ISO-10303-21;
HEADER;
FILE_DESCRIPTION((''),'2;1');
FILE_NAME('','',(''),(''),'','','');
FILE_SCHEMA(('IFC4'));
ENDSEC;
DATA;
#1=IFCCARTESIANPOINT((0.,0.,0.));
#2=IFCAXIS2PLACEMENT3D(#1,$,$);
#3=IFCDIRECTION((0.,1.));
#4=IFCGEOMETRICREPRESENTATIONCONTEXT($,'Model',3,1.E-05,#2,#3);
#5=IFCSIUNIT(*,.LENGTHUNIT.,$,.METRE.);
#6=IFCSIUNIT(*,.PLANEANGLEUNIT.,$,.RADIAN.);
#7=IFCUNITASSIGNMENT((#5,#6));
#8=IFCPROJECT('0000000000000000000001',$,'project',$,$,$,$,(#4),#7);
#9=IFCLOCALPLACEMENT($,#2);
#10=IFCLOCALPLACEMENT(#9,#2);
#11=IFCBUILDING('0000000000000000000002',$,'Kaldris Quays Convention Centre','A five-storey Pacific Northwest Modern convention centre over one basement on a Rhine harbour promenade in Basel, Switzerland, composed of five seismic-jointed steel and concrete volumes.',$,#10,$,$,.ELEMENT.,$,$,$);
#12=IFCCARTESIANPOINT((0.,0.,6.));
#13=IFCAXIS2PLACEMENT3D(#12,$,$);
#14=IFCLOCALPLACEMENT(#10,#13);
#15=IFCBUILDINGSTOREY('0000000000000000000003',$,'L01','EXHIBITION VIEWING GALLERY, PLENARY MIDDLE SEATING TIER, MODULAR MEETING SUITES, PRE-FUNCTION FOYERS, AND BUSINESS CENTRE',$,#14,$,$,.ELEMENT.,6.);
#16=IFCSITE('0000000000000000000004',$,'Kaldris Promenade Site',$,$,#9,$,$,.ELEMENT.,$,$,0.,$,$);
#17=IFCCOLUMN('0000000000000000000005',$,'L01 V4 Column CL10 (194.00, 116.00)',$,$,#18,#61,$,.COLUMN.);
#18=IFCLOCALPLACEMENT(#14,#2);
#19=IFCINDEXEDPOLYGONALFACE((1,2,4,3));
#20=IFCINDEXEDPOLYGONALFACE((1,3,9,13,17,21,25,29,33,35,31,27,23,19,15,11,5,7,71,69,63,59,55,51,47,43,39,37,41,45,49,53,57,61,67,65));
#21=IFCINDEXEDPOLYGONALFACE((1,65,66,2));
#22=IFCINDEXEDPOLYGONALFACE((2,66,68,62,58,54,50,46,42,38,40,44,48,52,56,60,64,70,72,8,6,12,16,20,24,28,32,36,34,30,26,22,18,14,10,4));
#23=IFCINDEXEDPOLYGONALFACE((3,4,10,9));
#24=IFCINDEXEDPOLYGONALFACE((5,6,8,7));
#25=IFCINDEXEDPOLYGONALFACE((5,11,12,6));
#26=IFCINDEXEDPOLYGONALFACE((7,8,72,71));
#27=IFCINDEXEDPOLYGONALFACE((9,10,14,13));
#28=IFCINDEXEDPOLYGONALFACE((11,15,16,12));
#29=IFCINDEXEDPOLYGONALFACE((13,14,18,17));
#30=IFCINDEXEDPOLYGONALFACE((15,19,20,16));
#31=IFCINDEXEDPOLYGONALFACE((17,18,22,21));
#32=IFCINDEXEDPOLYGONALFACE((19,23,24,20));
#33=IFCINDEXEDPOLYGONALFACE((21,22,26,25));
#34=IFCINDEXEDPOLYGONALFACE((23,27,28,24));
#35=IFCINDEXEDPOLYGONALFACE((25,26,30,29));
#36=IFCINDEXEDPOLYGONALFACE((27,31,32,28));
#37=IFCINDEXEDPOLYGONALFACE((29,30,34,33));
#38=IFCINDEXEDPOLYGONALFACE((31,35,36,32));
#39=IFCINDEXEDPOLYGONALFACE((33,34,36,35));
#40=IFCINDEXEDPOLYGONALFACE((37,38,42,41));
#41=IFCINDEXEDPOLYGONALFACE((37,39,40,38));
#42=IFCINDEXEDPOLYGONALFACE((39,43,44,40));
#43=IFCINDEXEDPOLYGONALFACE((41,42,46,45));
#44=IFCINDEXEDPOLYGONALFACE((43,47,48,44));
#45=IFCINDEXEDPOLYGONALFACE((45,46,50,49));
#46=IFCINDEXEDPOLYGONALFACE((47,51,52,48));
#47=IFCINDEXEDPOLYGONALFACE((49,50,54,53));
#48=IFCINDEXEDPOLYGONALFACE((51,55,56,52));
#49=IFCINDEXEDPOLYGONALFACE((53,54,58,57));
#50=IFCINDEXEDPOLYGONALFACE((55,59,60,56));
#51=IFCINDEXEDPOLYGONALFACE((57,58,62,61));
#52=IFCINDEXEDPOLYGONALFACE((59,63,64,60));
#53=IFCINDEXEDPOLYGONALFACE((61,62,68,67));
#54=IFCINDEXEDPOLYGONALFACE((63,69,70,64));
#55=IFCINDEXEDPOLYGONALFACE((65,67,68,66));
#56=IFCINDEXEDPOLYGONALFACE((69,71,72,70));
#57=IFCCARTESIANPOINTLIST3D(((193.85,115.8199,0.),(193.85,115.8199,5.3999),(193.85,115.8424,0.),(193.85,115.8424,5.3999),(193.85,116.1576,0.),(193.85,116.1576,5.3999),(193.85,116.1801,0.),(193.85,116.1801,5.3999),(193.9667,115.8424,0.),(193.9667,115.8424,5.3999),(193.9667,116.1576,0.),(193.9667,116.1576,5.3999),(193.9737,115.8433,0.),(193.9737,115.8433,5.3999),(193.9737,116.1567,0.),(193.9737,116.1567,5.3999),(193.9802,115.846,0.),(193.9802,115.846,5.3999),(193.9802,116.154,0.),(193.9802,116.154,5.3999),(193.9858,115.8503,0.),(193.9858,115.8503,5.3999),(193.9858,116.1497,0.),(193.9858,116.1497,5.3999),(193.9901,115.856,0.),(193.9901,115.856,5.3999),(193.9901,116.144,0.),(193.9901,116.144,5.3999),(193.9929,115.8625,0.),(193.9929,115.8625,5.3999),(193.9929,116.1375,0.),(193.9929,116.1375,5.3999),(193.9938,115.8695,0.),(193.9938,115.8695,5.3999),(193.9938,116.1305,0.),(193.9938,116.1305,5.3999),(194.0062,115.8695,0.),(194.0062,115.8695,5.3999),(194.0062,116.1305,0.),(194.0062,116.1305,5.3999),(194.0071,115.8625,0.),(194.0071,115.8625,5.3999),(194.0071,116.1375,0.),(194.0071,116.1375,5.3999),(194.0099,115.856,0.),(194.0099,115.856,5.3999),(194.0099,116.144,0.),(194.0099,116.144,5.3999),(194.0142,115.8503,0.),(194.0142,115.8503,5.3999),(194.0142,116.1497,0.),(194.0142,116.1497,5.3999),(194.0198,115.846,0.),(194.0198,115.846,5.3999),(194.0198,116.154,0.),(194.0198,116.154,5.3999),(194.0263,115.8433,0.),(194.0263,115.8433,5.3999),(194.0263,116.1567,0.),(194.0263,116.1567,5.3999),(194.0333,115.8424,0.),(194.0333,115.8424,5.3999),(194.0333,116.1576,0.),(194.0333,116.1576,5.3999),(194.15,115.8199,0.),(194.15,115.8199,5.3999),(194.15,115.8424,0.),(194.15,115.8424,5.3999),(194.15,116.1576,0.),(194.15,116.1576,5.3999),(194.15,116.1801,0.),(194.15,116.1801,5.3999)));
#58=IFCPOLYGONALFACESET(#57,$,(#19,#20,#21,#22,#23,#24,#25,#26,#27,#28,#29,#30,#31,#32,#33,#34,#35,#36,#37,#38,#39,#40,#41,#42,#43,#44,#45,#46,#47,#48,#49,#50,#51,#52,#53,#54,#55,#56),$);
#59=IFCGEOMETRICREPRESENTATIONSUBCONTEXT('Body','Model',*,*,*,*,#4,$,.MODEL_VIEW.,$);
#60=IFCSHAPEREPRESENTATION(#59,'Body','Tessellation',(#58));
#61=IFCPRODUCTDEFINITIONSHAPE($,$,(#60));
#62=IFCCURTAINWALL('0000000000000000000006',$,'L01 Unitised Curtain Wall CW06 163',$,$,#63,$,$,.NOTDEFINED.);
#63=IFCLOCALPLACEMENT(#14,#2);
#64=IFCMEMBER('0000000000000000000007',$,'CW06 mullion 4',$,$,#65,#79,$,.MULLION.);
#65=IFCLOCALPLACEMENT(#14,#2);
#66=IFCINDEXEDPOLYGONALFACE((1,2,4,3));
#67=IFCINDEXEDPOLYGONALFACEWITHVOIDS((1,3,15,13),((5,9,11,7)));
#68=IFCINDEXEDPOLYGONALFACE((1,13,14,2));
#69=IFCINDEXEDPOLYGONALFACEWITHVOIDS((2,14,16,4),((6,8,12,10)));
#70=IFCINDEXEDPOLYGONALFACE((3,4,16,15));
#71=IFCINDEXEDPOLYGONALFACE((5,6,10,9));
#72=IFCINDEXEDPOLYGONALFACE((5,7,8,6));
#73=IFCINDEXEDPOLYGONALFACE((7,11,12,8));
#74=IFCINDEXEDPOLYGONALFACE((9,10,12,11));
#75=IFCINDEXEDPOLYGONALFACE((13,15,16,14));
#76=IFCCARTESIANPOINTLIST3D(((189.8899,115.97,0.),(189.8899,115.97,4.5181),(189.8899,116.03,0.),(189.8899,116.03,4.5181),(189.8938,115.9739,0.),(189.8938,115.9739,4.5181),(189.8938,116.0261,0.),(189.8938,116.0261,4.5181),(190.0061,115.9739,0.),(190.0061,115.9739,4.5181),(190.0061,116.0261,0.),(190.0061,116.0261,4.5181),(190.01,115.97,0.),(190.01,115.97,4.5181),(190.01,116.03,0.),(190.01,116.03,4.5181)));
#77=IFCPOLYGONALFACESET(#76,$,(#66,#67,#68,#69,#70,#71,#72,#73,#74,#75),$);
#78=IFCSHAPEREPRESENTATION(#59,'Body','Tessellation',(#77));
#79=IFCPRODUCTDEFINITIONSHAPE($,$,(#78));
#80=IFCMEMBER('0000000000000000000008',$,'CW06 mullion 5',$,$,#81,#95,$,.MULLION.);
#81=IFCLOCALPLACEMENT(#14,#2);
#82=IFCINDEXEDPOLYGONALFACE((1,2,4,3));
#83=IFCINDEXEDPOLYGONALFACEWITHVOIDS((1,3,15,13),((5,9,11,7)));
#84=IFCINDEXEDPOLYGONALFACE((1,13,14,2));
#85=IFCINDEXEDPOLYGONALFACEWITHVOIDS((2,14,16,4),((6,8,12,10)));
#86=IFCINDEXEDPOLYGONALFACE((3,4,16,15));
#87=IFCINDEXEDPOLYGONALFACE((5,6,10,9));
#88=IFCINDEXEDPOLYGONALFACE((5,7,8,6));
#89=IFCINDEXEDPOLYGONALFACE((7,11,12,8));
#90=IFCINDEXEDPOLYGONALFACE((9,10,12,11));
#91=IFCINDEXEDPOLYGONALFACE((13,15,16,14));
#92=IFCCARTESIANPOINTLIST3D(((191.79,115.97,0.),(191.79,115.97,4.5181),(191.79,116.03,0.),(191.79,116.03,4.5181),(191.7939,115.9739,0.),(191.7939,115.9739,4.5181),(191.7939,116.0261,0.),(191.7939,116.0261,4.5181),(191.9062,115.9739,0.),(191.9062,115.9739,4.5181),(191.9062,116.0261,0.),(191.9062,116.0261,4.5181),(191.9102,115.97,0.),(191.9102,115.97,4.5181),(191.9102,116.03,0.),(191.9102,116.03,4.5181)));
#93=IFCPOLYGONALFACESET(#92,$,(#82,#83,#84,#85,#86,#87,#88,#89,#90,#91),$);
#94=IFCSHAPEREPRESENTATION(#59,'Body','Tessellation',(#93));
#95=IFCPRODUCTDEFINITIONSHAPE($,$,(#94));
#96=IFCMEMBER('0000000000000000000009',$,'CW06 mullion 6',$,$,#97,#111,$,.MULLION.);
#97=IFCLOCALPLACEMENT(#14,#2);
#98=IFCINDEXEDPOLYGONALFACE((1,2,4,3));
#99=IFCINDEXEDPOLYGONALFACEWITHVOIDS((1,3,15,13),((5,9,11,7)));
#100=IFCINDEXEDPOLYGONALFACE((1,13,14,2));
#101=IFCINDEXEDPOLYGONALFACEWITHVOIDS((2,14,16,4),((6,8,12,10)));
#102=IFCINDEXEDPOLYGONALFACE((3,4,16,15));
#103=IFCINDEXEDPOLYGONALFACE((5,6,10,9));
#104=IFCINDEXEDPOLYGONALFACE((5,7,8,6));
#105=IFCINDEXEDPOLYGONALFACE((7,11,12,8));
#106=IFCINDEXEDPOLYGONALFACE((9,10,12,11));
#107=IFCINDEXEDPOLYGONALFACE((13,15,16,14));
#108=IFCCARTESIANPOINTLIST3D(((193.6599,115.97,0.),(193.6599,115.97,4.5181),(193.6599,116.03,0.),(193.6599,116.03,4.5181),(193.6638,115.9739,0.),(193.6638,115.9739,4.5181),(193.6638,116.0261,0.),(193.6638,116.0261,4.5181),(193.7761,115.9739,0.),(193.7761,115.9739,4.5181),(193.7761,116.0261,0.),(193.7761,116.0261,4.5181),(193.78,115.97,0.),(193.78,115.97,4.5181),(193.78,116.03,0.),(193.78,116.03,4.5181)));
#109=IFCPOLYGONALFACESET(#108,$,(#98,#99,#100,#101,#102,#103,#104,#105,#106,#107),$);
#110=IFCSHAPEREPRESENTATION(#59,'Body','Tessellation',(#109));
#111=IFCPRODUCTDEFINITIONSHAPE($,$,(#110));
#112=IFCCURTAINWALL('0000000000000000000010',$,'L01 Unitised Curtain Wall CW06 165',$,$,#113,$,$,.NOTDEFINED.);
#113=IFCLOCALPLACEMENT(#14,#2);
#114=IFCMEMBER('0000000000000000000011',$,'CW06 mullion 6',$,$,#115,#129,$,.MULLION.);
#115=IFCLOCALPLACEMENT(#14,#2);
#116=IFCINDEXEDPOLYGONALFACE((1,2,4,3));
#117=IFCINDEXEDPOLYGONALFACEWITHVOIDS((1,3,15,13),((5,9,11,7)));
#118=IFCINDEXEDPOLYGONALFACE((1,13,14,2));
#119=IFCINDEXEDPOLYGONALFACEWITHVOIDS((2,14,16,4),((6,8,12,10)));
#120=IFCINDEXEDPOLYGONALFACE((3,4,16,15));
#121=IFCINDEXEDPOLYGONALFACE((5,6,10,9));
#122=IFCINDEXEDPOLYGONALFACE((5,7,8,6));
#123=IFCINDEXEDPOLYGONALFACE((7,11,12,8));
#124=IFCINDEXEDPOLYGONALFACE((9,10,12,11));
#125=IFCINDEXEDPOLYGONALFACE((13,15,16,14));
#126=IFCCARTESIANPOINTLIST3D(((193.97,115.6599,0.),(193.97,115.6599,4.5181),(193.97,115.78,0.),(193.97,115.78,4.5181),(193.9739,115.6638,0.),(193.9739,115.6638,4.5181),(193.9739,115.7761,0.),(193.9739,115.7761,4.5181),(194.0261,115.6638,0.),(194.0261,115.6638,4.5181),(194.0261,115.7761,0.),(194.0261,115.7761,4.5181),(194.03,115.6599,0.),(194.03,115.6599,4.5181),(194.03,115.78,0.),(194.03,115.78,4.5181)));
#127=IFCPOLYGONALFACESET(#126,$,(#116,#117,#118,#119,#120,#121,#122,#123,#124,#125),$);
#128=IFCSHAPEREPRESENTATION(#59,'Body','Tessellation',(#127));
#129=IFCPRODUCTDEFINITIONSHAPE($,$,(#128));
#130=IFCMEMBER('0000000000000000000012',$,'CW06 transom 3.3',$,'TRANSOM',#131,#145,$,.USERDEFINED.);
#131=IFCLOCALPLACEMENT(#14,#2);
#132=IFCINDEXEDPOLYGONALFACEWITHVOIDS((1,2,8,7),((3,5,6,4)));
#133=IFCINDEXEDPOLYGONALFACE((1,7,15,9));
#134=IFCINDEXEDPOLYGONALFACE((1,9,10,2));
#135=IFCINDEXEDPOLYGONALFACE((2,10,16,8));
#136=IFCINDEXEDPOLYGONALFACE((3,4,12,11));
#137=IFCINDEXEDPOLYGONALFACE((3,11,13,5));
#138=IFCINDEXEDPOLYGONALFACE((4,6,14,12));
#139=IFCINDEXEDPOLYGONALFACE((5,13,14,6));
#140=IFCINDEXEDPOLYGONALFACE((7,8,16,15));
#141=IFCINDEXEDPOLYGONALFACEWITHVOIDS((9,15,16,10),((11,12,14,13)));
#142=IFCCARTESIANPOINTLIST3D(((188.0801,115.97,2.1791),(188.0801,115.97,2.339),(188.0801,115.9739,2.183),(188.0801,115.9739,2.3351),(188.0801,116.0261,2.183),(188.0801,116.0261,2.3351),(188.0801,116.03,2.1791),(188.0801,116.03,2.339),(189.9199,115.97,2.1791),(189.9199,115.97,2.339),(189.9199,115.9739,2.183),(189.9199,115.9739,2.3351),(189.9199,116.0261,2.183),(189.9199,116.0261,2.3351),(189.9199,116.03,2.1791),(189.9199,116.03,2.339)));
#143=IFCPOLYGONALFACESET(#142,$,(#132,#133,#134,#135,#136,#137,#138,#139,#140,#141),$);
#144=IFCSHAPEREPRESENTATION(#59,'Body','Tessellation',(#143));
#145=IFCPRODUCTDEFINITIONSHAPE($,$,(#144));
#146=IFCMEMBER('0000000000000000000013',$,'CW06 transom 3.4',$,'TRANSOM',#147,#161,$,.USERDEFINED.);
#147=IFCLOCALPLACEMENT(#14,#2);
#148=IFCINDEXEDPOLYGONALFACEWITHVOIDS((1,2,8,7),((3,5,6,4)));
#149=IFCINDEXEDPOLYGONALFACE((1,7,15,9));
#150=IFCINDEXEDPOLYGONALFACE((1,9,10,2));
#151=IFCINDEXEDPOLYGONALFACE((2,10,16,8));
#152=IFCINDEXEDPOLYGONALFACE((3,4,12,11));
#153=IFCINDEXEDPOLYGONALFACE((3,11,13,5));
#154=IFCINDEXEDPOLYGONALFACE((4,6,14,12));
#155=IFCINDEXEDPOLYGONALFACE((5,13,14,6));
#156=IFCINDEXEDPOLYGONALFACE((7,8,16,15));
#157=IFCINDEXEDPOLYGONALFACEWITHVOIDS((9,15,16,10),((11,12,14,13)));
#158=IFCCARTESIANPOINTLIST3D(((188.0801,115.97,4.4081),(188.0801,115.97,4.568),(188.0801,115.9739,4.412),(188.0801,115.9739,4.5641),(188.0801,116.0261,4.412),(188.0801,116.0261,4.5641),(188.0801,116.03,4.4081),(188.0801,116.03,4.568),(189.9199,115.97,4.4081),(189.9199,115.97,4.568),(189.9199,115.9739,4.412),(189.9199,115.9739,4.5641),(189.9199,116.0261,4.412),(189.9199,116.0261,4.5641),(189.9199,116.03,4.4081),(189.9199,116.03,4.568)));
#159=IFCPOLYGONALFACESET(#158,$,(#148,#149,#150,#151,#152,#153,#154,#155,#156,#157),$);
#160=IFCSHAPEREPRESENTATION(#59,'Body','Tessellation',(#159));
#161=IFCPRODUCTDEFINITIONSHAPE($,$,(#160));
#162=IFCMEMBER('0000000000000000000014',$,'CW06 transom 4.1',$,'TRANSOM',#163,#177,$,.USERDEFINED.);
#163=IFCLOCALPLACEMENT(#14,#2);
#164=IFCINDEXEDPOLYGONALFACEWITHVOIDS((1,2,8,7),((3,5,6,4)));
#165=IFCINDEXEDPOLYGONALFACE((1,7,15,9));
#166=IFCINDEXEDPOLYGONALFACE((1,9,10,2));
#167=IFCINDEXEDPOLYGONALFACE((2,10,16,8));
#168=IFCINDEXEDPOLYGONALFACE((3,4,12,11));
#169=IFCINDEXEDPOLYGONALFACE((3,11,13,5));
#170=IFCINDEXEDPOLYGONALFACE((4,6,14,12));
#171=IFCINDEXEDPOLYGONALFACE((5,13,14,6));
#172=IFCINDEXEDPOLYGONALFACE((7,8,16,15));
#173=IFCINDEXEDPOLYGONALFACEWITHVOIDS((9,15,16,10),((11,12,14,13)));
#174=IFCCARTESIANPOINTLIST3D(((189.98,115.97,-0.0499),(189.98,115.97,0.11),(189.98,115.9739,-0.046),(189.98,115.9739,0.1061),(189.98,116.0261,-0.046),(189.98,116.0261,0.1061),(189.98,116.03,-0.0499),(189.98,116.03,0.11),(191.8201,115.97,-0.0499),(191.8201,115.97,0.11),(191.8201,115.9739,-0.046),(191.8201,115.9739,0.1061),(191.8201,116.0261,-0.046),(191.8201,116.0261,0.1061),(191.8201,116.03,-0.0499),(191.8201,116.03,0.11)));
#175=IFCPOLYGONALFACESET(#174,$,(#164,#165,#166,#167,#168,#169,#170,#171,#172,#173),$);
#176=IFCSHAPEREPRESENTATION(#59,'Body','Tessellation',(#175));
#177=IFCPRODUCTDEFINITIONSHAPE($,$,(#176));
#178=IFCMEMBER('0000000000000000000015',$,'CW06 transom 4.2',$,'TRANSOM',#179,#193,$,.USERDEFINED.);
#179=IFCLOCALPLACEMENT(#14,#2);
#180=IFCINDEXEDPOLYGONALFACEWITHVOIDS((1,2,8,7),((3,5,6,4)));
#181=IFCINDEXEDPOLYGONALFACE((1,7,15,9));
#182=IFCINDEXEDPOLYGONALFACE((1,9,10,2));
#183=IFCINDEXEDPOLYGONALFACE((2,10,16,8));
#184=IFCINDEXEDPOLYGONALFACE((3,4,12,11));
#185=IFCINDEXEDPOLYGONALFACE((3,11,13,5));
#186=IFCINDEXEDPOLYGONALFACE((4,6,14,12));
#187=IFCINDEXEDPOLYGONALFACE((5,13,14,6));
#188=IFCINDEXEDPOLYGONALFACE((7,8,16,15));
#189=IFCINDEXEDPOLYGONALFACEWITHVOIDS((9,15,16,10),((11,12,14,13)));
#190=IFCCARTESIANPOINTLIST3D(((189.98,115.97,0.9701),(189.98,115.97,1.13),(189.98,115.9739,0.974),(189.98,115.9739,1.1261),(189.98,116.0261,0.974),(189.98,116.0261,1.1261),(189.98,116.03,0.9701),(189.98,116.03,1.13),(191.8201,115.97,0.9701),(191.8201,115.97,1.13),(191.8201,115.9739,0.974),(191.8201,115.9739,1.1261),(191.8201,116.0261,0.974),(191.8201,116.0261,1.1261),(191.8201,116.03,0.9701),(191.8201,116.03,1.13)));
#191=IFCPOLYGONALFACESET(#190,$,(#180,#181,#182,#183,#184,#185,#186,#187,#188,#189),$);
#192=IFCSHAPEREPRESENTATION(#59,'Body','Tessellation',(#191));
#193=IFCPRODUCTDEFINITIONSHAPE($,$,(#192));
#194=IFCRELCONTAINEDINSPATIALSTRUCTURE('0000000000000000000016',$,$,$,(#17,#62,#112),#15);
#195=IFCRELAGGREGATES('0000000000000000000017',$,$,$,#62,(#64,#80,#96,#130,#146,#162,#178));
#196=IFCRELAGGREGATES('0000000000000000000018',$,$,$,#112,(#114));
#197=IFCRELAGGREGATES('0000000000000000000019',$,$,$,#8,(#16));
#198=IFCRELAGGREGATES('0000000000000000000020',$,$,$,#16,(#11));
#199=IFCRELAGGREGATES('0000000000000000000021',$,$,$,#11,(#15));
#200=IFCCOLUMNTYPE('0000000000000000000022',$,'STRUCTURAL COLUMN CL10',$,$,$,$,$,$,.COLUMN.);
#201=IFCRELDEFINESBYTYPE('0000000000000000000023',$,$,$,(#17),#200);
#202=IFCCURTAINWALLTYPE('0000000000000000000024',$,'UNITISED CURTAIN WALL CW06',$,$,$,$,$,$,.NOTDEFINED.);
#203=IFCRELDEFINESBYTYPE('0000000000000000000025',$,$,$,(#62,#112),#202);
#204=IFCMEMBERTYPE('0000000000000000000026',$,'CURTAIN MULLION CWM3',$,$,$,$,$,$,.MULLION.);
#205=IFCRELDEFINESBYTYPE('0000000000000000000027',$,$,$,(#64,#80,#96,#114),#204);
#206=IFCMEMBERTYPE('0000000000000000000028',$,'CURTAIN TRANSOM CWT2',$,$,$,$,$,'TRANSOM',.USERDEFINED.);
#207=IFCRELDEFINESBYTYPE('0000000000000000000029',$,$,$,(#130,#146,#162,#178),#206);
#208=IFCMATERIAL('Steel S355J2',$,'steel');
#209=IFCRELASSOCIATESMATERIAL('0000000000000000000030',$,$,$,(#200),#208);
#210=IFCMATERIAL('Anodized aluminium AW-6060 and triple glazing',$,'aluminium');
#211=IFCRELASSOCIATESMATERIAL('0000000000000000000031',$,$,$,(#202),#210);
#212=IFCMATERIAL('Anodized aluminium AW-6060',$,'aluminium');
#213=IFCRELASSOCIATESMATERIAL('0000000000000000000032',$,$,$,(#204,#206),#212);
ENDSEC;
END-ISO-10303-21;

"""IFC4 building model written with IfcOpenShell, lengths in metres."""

from ifc_helpers import new_model, si_unit, direction, frame, origin, origin_2d, place, context, subcontext, project, spatial, hollow_rectangle, i_section, extrude, material, material_profile, profile_set, type_object, element, aggregate, save


model = new_model("IFC4")

# Units and contexts
model_context = context("Model", 3, precision=1e-05, world=origin(), true_north=direction((0.0, 1.0)))
body_context = subcontext(model_context, "Body", "Model", "MODEL_VIEW")
ifc_project = project(units=[si_unit("LENGTHUNIT", "METRE"), si_unit("PLANEANGLEUNIT", "RADIAN")], contexts=[model_context])

# Site, building, storey
site_placement = place(None, origin())
site = spatial("IfcSite", under=ifc_project, at=site_placement, Name="Kaldris Promenade Site", CompositionType="ELEMENT", RefElevation=0.0)
building_placement = place(site_placement, origin())
building = spatial("IfcBuilding", under=site, at=building_placement, Name="Kaldris Quays Convention Centre", Description="A five-storey Pacific Northwest Modern convention centre over one basement on a Rhine harbour promenade in Basel, Switzerland, composed of five seismic-jointed steel and concrete volumes.", CompositionType="ELEMENT")
storey_placement = place(building_placement, frame((0.0, 0.0, 6.0)))
storey = spatial("IfcBuildingStorey", under=building, at=storey_placement, Name="L01", Description="EXHIBITION VIEWING GALLERY, PLENARY MIDDLE SEATING TIER, MODULAR MEETING SUITES, PRE-FUNCTION FOYERS, AND BUSINESS CENTRE", CompositionType="ELEMENT", Elevation=6.0)

# Column
ifc_material_1 = material(Name="Steel S355J2", Category="steel")
ifc_material_profile_1 = material_profile(ifc_material_1, i_section(OverallWidth=0.3, OverallDepth=0.3601, WebThickness=0.0125, FlangeThickness=0.0225, FilletRadius=0.0271, at=origin_2d()), Name="HEB 360")
ifc_profile_set_1 = profile_set([ifc_material_profile_1], Name="Steel S355J2")
column_type = type_object("IfcColumnType", Name="STRUCTURAL COLUMN CL10", PredefinedType="COLUMN", material=ifc_profile_set_1)
column_placement = place(storey_placement, frame((194.0, 116.0, 0.0), z_axis=(0.0, 0.0, 1.0), x_axis=(1.0, 0.0, 0.0)))
element("IfcColumn", 1, at=column_placement, inside=storey, type_object=column_type, Name="L01 V4 Column CL10 (194.00, 116.00)", PredefinedType="COLUMN", context=body_context, shape_type="SweptSolid", body=[
    extrude(i_section(OverallWidth=0.3, OverallDepth=0.3601, WebThickness=0.0125, FlangeThickness=0.0225, FilletRadius=0.0271, at=origin_2d()), origin(), (0.0, 0.0, 1.0), 5.3999),
])

# Curtain wall, members
ifc_material_2 = material(Name="Anodized aluminium AW-6060 and triple glazing", Category="aluminium")
curtain_wall_type = type_object("IfcCurtainWallType", Name="UNITISED CURTAIN WALL CW06", PredefinedType="NOTDEFINED", material=ifc_material_2)
curtain_wall_1_placement = place(storey_placement, origin())
curtain_wall_1 = element("IfcCurtainWall", 2, at=curtain_wall_1_placement, inside=storey, type_object=curtain_wall_type, Name="L01 Unitised Curtain Wall CW06 163", PredefinedType="NOTDEFINED")
ifc_material_3 = material(Name="Anodized aluminium AW-6060", Category="aluminium")
ifc_material_profile_2 = material_profile(ifc_material_3, hollow_rectangle(XDim=0.0601, YDim=0.1201, WallThickness=0.0039, at=origin_2d()), Name="RHS 120x60x4")
ifc_profile_set_2 = profile_set([ifc_material_profile_2], Name="Anodized aluminium AW-6060")
member_type_1 = type_object("IfcMemberType", Name="CURTAIN MULLION CWM3", PredefinedType="MULLION", material=ifc_profile_set_2)
member_1_placement = place(storey_placement, frame((189.95, 116.0, 0.0), z_axis=(0.0, 0.0, 1.0), x_axis=(0.0, 1.0, 0.0)))
member_1 = element("IfcMember", 3, at=member_1_placement, type_object=member_type_1, Name="CW06 mullion 4", PredefinedType="MULLION", context=body_context, shape_type="SweptSolid", body=[
    extrude(hollow_rectangle(XDim=0.0601, YDim=0.1201, WallThickness=0.0039, at=origin_2d()), origin(), (0.0, 0.0, 1.0), 4.5181),
])
member_2_placement = place(storey_placement, frame((191.8501, 116.0, 0.0), z_axis=(0.0, 0.0, 1.0), x_axis=(0.0, 1.0, 0.0)))
member_2 = element("IfcMember", 4, at=member_2_placement, type_object=member_type_1, Name="CW06 mullion 5", PredefinedType="MULLION", context=body_context, shape_type="SweptSolid", body=[
    extrude(hollow_rectangle(XDim=0.0601, YDim=0.1201, WallThickness=0.0039, at=origin_2d()), origin(), (0.0, 0.0, 1.0), 4.5181),
])
member_3_placement = place(storey_placement, frame((193.72, 116.0, 0.0), z_axis=(0.0, 0.0, 1.0), x_axis=(0.0, 1.0, 0.0)))
member_3 = element("IfcMember", 5, at=member_3_placement, type_object=member_type_1, Name="CW06 mullion 6", PredefinedType="MULLION", context=body_context, shape_type="SweptSolid", body=[
    extrude(hollow_rectangle(XDim=0.0601, YDim=0.1201, WallThickness=0.0039, at=origin_2d()), origin(), (0.0, 0.0, 1.0), 4.5181),
])

# Curtain wall, member
curtain_wall_2_placement = place(storey_placement, origin())
curtain_wall_2 = element("IfcCurtainWall", 6, at=curtain_wall_2_placement, inside=storey, type_object=curtain_wall_type, Name="L01 Unitised Curtain Wall CW06 165", PredefinedType="NOTDEFINED")
member_4_placement = place(storey_placement, frame((194.0, 115.72, 0.0), z_axis=(0.0, 0.0, 1.0), x_axis=(-1.0, 0.0, 0.0)))
member_4 = element("IfcMember", 7, at=member_4_placement, type_object=member_type_1, Name="CW06 mullion 6", PredefinedType="MULLION", context=body_context, shape_type="SweptSolid", body=[
    extrude(hollow_rectangle(XDim=0.0601, YDim=0.1201, WallThickness=0.0039, at=origin_2d()), origin(), (0.0, 0.0, 1.0), 4.5181),
])

# Members
ifc_material_profile_3 = material_profile(ifc_material_3, hollow_rectangle(XDim=0.0601, YDim=0.1599, WallThickness=0.0039, at=origin_2d()), Name="RHS 160x60x4")
ifc_profile_set_3 = profile_set([ifc_material_profile_3], Name="Anodized aluminium AW-6060")
member_type_2 = type_object("IfcMemberType", Name="CURTAIN TRANSOM CWT2", ElementType="TRANSOM", PredefinedType="USERDEFINED", material=ifc_profile_set_3)
member_5_placement = place(storey_placement, frame((188.0801, 116.0, 2.259), z_axis=(1.0, 0.0, 0.0), x_axis=(0.0, 1.0, 0.0)))
member_5 = element("IfcMember", 8, at=member_5_placement, type_object=member_type_2, Name="CW06 transom 3.3", ObjectType="TRANSOM", PredefinedType="USERDEFINED", context=body_context, shape_type="SweptSolid", body=[
    extrude(hollow_rectangle(XDim=0.0601, YDim=0.1599, WallThickness=0.0039, at=origin_2d()), origin(), (0.0, 0.0, 1.0), 1.8398),
])
member_6_placement = place(storey_placement, frame((188.0801, 116.0, 4.488), z_axis=(1.0, 0.0, 0.0), x_axis=(0.0, 1.0, 0.0)))
member_6 = element("IfcMember", 9, at=member_6_placement, type_object=member_type_2, Name="CW06 transom 3.4", ObjectType="TRANSOM", PredefinedType="USERDEFINED", context=body_context, shape_type="SweptSolid", body=[
    extrude(hollow_rectangle(XDim=0.0601, YDim=0.1599, WallThickness=0.0039, at=origin_2d()), origin(), (0.0, 0.0, 1.0), 1.8398),
])
member_7_placement = place(storey_placement, frame((189.98, 116.0, 0.03), z_axis=(1.0, 0.0, 0.0), x_axis=(0.0, 1.0, 0.0)))
member_7 = element("IfcMember", 10, at=member_7_placement, type_object=member_type_2, Name="CW06 transom 4.1", ObjectType="TRANSOM", PredefinedType="USERDEFINED", context=body_context, shape_type="SweptSolid", body=[
    extrude(hollow_rectangle(XDim=0.0601, YDim=0.1599, WallThickness=0.0039, at=origin_2d()), origin(), (0.0, 0.0, 1.0), 1.8401),
])
member_8_placement = place(storey_placement, frame((189.98, 116.0, 1.05), z_axis=(1.0, 0.0, 0.0), x_axis=(0.0, 1.0, 0.0)))
member_8 = element("IfcMember", 11, at=member_8_placement, type_object=member_type_2, Name="CW06 transom 4.2", ObjectType="TRANSOM", PredefinedType="USERDEFINED", context=body_context, shape_type="SweptSolid", body=[
    extrude(hollow_rectangle(XDim=0.0601, YDim=0.1599, WallThickness=0.0039, at=origin_2d()), origin(), (0.0, 0.0, 1.0), 1.8401),
])

aggregate(curtain_wall_1, [member_1, member_2, member_3, member_5, member_6, member_7, member_8])
aggregate(curtain_wall_2, [member_4])

save(model, "model.ifc")
